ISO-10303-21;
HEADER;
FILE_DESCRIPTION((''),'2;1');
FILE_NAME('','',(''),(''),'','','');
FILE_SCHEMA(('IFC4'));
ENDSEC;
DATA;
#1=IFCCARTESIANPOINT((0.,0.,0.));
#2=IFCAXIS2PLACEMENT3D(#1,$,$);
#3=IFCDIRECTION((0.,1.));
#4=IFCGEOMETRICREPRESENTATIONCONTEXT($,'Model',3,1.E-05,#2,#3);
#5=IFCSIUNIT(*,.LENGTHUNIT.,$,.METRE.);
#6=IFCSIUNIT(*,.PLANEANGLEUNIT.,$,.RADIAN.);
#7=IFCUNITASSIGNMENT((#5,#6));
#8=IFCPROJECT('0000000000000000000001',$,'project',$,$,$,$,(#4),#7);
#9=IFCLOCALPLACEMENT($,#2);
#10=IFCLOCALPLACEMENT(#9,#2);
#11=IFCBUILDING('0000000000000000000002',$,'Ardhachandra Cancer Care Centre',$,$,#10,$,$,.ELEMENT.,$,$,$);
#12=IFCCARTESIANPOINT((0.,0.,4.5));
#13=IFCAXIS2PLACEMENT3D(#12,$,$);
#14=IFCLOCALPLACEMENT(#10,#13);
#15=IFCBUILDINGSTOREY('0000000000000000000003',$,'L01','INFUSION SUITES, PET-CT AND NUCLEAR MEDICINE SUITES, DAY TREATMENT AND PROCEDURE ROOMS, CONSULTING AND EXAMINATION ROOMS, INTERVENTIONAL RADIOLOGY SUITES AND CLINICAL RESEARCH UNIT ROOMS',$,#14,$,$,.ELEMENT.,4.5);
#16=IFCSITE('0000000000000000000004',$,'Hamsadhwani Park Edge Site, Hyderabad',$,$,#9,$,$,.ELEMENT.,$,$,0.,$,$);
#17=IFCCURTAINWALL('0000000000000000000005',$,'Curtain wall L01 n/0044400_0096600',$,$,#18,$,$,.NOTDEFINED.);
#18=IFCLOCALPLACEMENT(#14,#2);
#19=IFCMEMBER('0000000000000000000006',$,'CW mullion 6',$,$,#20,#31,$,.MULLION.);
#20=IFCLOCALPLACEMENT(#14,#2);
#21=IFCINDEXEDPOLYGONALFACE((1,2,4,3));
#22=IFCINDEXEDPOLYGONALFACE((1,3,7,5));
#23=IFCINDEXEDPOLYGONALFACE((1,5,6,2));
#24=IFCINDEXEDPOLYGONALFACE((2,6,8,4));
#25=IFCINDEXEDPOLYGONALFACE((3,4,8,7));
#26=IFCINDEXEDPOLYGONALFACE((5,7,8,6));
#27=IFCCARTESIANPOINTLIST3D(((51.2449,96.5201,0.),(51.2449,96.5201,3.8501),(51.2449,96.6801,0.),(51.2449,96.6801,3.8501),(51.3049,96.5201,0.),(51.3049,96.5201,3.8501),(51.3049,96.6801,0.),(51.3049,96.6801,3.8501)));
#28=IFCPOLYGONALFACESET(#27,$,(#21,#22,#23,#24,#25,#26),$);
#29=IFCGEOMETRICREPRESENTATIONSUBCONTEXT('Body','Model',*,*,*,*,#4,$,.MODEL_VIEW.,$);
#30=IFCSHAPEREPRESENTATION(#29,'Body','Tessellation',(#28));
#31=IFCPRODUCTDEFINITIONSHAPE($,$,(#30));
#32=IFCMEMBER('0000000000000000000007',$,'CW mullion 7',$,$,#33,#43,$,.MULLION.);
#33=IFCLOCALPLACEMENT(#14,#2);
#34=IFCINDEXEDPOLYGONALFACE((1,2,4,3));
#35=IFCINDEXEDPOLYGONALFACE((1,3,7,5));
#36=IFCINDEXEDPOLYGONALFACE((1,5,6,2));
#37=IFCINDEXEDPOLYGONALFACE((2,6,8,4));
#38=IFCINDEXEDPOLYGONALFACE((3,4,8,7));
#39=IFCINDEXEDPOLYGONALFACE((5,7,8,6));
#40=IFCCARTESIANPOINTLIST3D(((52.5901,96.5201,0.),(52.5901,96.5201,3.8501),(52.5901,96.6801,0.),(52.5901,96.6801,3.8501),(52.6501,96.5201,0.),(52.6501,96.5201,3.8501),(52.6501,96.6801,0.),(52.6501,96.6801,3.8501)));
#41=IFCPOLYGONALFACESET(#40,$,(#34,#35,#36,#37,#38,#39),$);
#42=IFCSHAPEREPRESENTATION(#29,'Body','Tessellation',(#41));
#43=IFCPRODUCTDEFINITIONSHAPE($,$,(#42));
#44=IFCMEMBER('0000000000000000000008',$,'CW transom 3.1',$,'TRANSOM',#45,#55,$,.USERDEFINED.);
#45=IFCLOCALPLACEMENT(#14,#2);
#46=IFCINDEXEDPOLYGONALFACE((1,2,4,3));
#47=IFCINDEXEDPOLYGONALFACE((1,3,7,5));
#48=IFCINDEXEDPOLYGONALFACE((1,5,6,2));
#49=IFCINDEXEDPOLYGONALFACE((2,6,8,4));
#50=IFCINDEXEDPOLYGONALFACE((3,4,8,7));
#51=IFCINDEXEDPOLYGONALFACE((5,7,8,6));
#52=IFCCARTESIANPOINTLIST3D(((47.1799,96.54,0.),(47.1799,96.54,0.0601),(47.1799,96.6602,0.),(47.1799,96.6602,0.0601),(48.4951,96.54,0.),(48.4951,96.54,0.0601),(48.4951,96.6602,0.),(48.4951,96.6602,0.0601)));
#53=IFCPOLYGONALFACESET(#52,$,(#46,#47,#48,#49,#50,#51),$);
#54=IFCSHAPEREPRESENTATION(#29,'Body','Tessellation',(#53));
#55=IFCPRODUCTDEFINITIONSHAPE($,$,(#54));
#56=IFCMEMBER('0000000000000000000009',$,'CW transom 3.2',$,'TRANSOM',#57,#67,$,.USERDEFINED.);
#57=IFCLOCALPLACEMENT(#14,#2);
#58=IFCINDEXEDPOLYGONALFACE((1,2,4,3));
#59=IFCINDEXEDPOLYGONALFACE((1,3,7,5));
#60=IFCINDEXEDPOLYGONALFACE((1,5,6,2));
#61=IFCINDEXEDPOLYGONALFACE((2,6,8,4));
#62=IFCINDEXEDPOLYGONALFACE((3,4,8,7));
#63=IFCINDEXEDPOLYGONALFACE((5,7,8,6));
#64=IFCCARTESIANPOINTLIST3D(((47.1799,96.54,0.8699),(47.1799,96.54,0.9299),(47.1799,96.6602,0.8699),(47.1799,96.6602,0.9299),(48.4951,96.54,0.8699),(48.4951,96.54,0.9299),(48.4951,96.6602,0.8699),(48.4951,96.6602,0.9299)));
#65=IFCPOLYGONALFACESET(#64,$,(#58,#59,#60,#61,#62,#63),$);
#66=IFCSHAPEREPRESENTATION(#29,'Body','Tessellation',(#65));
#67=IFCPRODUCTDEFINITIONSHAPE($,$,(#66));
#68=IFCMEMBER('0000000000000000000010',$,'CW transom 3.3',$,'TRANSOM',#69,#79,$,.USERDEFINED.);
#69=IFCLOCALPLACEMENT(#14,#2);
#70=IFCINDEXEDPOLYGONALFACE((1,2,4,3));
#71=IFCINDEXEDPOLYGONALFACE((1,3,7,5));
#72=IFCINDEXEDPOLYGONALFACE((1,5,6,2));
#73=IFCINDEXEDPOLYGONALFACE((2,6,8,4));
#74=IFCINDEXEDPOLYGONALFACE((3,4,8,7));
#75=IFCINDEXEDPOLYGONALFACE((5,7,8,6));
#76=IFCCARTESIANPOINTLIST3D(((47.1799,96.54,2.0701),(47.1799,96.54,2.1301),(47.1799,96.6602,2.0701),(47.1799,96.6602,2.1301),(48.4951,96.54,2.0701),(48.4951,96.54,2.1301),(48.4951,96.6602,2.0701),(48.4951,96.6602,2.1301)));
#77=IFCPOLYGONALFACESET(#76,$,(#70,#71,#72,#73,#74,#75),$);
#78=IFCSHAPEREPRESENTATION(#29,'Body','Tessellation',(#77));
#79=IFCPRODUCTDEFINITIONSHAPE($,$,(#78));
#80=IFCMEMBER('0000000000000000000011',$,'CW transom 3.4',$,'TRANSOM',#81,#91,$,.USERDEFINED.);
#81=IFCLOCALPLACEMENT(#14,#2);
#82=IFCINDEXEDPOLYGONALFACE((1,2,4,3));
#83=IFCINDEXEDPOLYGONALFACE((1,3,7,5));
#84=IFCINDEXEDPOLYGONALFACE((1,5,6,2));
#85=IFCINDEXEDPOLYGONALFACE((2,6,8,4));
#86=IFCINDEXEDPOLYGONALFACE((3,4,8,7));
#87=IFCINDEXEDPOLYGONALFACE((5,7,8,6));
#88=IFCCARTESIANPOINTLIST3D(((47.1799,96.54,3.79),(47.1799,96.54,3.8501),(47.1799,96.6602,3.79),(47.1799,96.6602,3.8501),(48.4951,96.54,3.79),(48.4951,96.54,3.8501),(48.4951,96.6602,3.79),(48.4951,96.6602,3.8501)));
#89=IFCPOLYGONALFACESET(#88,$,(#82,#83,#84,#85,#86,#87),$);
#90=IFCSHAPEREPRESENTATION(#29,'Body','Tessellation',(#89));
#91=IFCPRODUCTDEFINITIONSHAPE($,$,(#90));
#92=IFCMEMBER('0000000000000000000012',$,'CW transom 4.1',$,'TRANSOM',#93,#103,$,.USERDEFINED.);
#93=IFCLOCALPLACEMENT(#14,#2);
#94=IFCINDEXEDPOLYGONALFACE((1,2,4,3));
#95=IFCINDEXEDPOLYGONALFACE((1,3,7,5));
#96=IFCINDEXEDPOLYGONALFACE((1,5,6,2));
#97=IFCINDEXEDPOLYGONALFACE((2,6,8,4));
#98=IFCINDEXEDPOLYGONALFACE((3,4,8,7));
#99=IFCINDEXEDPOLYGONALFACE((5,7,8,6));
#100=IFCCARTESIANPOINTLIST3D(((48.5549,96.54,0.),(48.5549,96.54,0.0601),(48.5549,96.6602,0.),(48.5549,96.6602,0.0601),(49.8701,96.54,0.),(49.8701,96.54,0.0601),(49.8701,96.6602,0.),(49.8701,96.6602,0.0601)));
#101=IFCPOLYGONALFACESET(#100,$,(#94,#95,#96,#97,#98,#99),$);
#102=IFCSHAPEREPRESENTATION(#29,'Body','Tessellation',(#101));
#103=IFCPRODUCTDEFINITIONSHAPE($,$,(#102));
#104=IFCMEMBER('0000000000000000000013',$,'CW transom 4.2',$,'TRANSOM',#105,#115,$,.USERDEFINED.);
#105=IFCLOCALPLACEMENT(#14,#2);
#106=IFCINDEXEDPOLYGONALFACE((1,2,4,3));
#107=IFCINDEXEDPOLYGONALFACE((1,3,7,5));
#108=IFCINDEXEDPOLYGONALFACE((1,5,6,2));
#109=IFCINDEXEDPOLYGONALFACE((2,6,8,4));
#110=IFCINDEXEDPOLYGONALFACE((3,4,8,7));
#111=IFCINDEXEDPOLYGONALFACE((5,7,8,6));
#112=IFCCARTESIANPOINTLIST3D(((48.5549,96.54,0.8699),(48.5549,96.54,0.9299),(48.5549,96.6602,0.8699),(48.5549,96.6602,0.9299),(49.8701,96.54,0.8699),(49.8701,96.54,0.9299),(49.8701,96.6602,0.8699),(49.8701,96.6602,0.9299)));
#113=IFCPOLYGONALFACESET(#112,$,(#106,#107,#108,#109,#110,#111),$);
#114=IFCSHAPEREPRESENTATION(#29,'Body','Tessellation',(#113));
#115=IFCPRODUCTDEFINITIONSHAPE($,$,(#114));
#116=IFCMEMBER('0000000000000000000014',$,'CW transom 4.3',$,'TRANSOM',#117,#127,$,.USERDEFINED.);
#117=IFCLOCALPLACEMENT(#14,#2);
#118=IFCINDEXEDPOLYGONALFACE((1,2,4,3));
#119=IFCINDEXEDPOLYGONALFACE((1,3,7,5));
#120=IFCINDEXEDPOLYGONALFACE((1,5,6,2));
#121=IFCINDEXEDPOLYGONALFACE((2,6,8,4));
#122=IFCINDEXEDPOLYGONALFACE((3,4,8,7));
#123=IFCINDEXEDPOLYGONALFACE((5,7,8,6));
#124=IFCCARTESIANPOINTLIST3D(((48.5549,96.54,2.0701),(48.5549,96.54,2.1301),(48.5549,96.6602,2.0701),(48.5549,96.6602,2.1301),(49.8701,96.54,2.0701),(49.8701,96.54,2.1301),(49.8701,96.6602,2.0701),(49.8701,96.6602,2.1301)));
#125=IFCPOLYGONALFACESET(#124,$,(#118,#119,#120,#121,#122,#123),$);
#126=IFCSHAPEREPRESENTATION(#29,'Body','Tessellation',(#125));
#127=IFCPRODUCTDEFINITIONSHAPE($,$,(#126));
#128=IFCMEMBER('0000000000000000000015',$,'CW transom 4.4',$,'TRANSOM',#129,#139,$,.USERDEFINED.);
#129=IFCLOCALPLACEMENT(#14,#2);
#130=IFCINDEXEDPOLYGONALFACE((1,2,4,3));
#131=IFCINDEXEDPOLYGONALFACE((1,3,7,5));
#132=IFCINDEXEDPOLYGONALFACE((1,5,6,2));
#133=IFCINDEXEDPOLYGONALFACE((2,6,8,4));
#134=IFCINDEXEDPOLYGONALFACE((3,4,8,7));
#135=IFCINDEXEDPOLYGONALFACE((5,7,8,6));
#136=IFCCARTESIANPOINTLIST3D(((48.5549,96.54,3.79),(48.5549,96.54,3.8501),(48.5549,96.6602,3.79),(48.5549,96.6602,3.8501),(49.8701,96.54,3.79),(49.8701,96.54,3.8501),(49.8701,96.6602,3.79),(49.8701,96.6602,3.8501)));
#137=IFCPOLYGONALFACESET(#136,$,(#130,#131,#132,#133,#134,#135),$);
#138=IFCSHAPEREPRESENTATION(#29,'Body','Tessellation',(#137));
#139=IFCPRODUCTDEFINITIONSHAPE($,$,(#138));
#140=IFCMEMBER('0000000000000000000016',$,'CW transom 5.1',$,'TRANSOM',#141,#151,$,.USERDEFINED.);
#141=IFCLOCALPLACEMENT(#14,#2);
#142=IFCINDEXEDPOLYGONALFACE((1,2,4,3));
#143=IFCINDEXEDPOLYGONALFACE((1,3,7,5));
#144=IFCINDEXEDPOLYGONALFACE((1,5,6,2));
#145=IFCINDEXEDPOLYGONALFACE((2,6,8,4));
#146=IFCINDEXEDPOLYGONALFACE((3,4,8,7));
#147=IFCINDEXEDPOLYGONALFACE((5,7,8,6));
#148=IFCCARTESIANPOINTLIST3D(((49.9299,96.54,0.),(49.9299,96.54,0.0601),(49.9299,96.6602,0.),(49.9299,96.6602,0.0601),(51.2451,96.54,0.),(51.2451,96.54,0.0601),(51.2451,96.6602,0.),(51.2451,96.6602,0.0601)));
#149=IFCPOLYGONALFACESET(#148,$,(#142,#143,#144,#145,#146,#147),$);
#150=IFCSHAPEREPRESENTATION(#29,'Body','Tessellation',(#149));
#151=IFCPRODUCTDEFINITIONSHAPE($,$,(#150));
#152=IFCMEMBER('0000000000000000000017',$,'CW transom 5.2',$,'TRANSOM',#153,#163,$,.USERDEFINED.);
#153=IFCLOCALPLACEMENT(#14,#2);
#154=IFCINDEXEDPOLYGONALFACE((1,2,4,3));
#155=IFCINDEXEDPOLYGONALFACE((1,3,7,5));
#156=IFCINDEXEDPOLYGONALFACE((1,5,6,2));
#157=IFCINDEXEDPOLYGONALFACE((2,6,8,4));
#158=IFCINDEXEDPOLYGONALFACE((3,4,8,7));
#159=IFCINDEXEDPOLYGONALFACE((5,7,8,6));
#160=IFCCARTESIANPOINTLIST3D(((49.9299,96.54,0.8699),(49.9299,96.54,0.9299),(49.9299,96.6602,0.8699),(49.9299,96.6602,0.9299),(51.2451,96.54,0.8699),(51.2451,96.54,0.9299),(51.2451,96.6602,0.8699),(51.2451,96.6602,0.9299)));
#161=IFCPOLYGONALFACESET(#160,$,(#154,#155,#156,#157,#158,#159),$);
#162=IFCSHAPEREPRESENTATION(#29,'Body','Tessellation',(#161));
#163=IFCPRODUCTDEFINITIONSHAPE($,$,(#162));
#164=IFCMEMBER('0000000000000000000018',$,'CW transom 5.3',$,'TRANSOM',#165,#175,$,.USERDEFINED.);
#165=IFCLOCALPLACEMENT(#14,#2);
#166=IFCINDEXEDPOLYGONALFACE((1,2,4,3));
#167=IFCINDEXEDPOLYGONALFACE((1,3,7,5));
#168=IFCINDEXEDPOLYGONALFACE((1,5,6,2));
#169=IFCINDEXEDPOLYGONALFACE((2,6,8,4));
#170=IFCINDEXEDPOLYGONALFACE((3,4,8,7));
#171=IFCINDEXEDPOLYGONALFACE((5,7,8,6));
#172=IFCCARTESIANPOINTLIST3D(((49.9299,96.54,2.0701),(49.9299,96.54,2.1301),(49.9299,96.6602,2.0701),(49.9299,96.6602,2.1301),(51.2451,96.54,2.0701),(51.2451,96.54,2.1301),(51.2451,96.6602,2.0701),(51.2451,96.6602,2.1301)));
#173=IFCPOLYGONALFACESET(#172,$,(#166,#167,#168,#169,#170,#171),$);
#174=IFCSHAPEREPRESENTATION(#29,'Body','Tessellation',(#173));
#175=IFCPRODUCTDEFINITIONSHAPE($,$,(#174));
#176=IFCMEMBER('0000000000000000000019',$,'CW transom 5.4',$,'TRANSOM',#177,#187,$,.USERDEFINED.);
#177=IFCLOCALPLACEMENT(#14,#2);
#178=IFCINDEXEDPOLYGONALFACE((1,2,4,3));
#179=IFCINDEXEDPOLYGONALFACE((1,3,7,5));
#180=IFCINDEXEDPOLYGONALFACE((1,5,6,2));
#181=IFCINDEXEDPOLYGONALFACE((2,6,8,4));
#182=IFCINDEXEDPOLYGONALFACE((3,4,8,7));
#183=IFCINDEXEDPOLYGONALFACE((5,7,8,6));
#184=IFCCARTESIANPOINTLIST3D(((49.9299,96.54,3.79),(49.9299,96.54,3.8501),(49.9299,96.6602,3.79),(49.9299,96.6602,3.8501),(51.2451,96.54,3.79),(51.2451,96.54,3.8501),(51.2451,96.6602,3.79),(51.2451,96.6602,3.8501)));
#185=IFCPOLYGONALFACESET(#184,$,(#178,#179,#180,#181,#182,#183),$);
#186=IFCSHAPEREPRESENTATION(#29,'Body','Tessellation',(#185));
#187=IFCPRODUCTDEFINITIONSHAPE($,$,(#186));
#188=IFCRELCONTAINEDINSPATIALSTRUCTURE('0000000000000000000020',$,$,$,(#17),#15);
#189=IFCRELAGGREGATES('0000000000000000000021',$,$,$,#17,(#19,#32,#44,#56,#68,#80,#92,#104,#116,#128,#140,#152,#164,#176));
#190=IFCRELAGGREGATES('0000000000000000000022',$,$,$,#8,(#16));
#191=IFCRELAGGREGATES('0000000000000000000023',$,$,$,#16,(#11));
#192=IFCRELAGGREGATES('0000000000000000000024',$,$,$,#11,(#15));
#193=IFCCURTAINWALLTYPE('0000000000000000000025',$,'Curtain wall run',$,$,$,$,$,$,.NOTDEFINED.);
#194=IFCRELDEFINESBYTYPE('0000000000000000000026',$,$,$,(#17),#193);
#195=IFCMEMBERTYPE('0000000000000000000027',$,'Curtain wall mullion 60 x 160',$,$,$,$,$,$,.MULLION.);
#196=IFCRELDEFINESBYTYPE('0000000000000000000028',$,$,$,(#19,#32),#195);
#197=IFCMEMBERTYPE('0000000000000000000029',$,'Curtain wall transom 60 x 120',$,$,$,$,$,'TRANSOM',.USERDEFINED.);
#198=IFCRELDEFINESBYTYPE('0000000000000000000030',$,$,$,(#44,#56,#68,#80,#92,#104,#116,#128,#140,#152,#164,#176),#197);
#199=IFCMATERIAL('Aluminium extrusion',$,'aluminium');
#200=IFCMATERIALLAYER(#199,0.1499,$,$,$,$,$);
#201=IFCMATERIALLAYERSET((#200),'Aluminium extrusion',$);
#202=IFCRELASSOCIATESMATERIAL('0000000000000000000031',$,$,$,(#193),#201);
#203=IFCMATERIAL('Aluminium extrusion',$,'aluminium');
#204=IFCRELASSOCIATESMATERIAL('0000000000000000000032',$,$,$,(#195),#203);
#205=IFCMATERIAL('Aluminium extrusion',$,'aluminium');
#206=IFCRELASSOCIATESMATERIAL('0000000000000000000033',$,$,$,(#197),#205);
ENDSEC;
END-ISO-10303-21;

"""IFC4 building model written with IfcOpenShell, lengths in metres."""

from ifc_helpers import new_model, si_unit, direction, frame, origin, origin_2d, place, context, subcontext, project, spatial, rectangle, extrude, material, layer, layer_set, material_profile, profile_set, type_object, element, aggregate, save


model = new_model("IFC4")

# Units and contexts
model_context = context("Model", 3, precision=1e-05, world=origin(), true_north=direction((0.0, 1.0)))
body_context = subcontext(model_context, "Body", "Model", "MODEL_VIEW")
ifc_project = project(units=[si_unit("LENGTHUNIT", "METRE"), si_unit("PLANEANGLEUNIT", "RADIAN")], contexts=[model_context])

# Site, building, storey
site_placement = place(None, origin())
site = spatial("IfcSite", under=ifc_project, at=site_placement, Name="Hamsadhwani Park Edge Site, Hyderabad", CompositionType="ELEMENT", RefElevation=0.0)
building_placement = place(site_placement, origin())
building = spatial("IfcBuilding", under=site, at=building_placement, Name="Ardhachandra Cancer Care Centre", CompositionType="ELEMENT")
storey_placement = place(building_placement, frame((0.0, 0.0, 4.5)))
storey = spatial("IfcBuildingStorey", under=building, at=storey_placement, Name="L01", Description="INFUSION SUITES, PET-CT AND NUCLEAR MEDICINE SUITES, DAY TREATMENT AND PROCEDURE ROOMS, CONSULTING AND EXAMINATION ROOMS, INTERVENTIONAL RADIOLOGY SUITES AND CLINICAL RESEARCH UNIT ROOMS", CompositionType="ELEMENT", Elevation=4.5)

# Curtain wall, members
ifc_material_1 = material(Name="Aluminium extrusion", Category="aluminium")
ifc_layer_1 = layer(ifc_material_1, 0.1499)
ifc_layer_set_1 = layer_set([ifc_layer_1], Name="Aluminium extrusion")
curtain_wall_type = type_object("IfcCurtainWallType", Name="Curtain wall run", PredefinedType="NOTDEFINED", material=ifc_layer_set_1)
curtain_wall_placement = place(storey_placement, origin())
curtain_wall = element("IfcCurtainWall", 1, at=curtain_wall_placement, inside=storey, type_object=curtain_wall_type, Name="Curtain wall L01 n/0044400_0096600", PredefinedType="NOTDEFINED")
ifc_material_2 = material(Name="Aluminium extrusion", Category="aluminium")
ifc_material_profile_1 = material_profile(ifc_material_2, rectangle(XDim=0.1599, YDim=0.0601, at=origin_2d()), Name="Curtain wall mullion 60 x 160")
ifc_profile_set_1 = profile_set([ifc_material_profile_1], Name="Aluminium extrusion")
member_type_1 = type_object("IfcMemberType", Name="Curtain wall mullion 60 x 160", PredefinedType="MULLION", material=ifc_profile_set_1)
member_1_placement = place(storey_placement, frame((51.2749, 96.6001, 0.0), z_axis=(0.0, 0.0, 1.0), x_axis=(0.0, 1.0, 0.0)))
member_1 = element("IfcMember", 2, at=member_1_placement, type_object=member_type_1, Name="CW mullion 6", PredefinedType="MULLION", context=body_context, shape_type="SweptSolid", body=[
    extrude(rectangle(XDim=0.1599, YDim=0.0601, at=origin_2d()), origin(), (0.0, 0.0, 1.0), 3.8501),
])
member_2_placement = place(storey_placement, frame((52.6201, 96.6001, 0.0), z_axis=(0.0, 0.0, 1.0), x_axis=(0.0, 1.0, 0.0)))
member_2 = element("IfcMember", 3, at=member_2_placement, type_object=member_type_1, Name="CW mullion 7", PredefinedType="MULLION", context=body_context, shape_type="SweptSolid", body=[
    extrude(rectangle(XDim=0.1599, YDim=0.0601, at=origin_2d()), origin(), (0.0, 0.0, 1.0), 3.8501),
])
ifc_material_3 = material(Name="Aluminium extrusion", Category="aluminium")
ifc_material_profile_2 = material_profile(ifc_material_3, rectangle(XDim=0.1201, YDim=0.0601, at=origin_2d()), Name="Curtain wall transom 60 x 120")
ifc_profile_set_2 = profile_set([ifc_material_profile_2], Name="Aluminium extrusion")
member_type_2 = type_object("IfcMemberType", Name="Curtain wall transom 60 x 120", ElementType="TRANSOM", PredefinedType="USERDEFINED", material=ifc_profile_set_2)
member_3_placement = place(storey_placement, frame((47.1799, 96.6001, 0.03), z_axis=(1.0, 0.0, 0.0), x_axis=(0.0, 1.0, 0.0)))
member_3 = element("IfcMember", 4, at=member_3_placement, type_object=member_type_2, Name="CW transom 3.1", ObjectType="TRANSOM", PredefinedType="USERDEFINED", context=body_context, shape_type="SweptSolid", body=[
    extrude(rectangle(XDim=0.1201, YDim=0.0601, at=origin_2d()), origin(), (0.0, 0.0, 1.0), 1.3152),
])
member_4_placement = place(storey_placement, frame((47.1799, 96.6001, 0.8999), z_axis=(1.0, 0.0, 0.0), x_axis=(0.0, 1.0, 0.0)))
member_4 = element("IfcMember", 5, at=member_4_placement, type_object=member_type_2, Name="CW transom 3.2", ObjectType="TRANSOM", PredefinedType="USERDEFINED", context=body_context, shape_type="SweptSolid", body=[
    extrude(rectangle(XDim=0.1201, YDim=0.0601, at=origin_2d()), origin(), (0.0, 0.0, 1.0), 1.3152),
])
member_5_placement = place(storey_placement, frame((47.1799, 96.6001, 2.1001), z_axis=(1.0, 0.0, 0.0), x_axis=(0.0, 1.0, 0.0)))
member_5 = element("IfcMember", 6, at=member_5_placement, type_object=member_type_2, Name="CW transom 3.3", ObjectType="TRANSOM", PredefinedType="USERDEFINED", context=body_context, shape_type="SweptSolid", body=[
    extrude(rectangle(XDim=0.1201, YDim=0.0601, at=origin_2d()), origin(), (0.0, 0.0, 1.0), 1.3152),
])
member_6_placement = place(storey_placement, frame((47.1799, 96.6001, 3.8201), z_axis=(1.0, 0.0, 0.0), x_axis=(0.0, 1.0, 0.0)))
member_6 = element("IfcMember", 7, at=member_6_placement, type_object=member_type_2, Name="CW transom 3.4", ObjectType="TRANSOM", PredefinedType="USERDEFINED", context=body_context, shape_type="SweptSolid", body=[
    extrude(rectangle(XDim=0.1201, YDim=0.0601, at=origin_2d()), origin(), (0.0, 0.0, 1.0), 1.3152),
])
member_7_placement = place(storey_placement, frame((48.5549, 96.6001, 0.03), z_axis=(1.0, 0.0, 0.0), x_axis=(0.0, 1.0, 0.0)))
member_7 = element("IfcMember", 8, at=member_7_placement, type_object=member_type_2, Name="CW transom 4.1", ObjectType="TRANSOM", PredefinedType="USERDEFINED", context=body_context, shape_type="SweptSolid", body=[
    extrude(rectangle(XDim=0.1201, YDim=0.0601, at=origin_2d()), origin(), (0.0, 0.0, 1.0), 1.3152),
])
member_8_placement = place(storey_placement, frame((48.5549, 96.6001, 0.8999), z_axis=(1.0, 0.0, 0.0), x_axis=(0.0, 1.0, 0.0)))
member_8 = element("IfcMember", 9, at=member_8_placement, type_object=member_type_2, Name="CW transom 4.2", ObjectType="TRANSOM", PredefinedType="USERDEFINED", context=body_context, shape_type="SweptSolid", body=[
    extrude(rectangle(XDim=0.1201, YDim=0.0601, at=origin_2d()), origin(), (0.0, 0.0, 1.0), 1.3152),
])
member_9_placement = place(storey_placement, frame((48.5549, 96.6001, 2.1001), z_axis=(1.0, 0.0, 0.0), x_axis=(0.0, 1.0, 0.0)))
member_9 = element("IfcMember", 10, at=member_9_placement, type_object=member_type_2, Name="CW transom 4.3", ObjectType="TRANSOM", PredefinedType="USERDEFINED", context=body_context, shape_type="SweptSolid", body=[
    extrude(rectangle(XDim=0.1201, YDim=0.0601, at=origin_2d()), origin(), (0.0, 0.0, 1.0), 1.3152),
])
member_10_placement = place(storey_placement, frame((48.5549, 96.6001, 3.8201), z_axis=(1.0, 0.0, 0.0), x_axis=(0.0, 1.0, 0.0)))
member_10 = element("IfcMember", 11, at=member_10_placement, type_object=member_type_2, Name="CW transom 4.4", ObjectType="TRANSOM", PredefinedType="USERDEFINED", context=body_context, shape_type="SweptSolid", body=[
    extrude(rectangle(XDim=0.1201, YDim=0.0601, at=origin_2d()), origin(), (0.0, 0.0, 1.0), 1.3152),
])
member_11_placement = place(storey_placement, frame((49.9299, 96.6001, 0.03), z_axis=(1.0, 0.0, 0.0), x_axis=(0.0, 1.0, 0.0)))
member_11 = element("IfcMember", 12, at=member_11_placement, type_object=member_type_2, Name="CW transom 5.1", ObjectType="TRANSOM", PredefinedType="USERDEFINED", context=body_context, shape_type="SweptSolid", body=[
    extrude(rectangle(XDim=0.1201, YDim=0.0601, at=origin_2d()), origin(), (0.0, 0.0, 1.0), 1.3152),
])
member_12_placement = place(storey_placement, frame((49.9299, 96.6001, 0.8999), z_axis=(1.0, 0.0, 0.0), x_axis=(0.0, 1.0, 0.0)))
member_12 = element("IfcMember", 13, at=member_12_placement, type_object=member_type_2, Name="CW transom 5.2", ObjectType="TRANSOM", PredefinedType="USERDEFINED", context=body_context, shape_type="SweptSolid", body=[
    extrude(rectangle(XDim=0.1201, YDim=0.0601, at=origin_2d()), origin(), (0.0, 0.0, 1.0), 1.3152),
])
member_13_placement = place(storey_placement, frame((49.9299, 96.6001, 2.1001), z_axis=(1.0, 0.0, 0.0), x_axis=(0.0, 1.0, 0.0)))
member_13 = element("IfcMember", 14, at=member_13_placement, type_object=member_type_2, Name="CW transom 5.3", ObjectType="TRANSOM", PredefinedType="USERDEFINED", context=body_context, shape_type="SweptSolid", body=[
    extrude(rectangle(XDim=0.1201, YDim=0.0601, at=origin_2d()), origin(), (0.0, 0.0, 1.0), 1.3152),
])
member_14_placement = place(storey_placement, frame((49.9299, 96.6001, 3.8201), z_axis=(1.0, 0.0, 0.0), x_axis=(0.0, 1.0, 0.0)))
member_14 = element("IfcMember", 15, at=member_14_placement, type_object=member_type_2, Name="CW transom 5.4", ObjectType="TRANSOM", PredefinedType="USERDEFINED", context=body_context, shape_type="SweptSolid", body=[
    extrude(rectangle(XDim=0.1201, YDim=0.0601, at=origin_2d()), origin(), (0.0, 0.0, 1.0), 1.3152),
])
aggregate(curtain_wall, [member_1, member_2, member_3, member_4, member_5, member_6, member_7, member_8, member_9, member_10, member_11, member_12, member_13, member_14])

save(model, "model.ifc")
